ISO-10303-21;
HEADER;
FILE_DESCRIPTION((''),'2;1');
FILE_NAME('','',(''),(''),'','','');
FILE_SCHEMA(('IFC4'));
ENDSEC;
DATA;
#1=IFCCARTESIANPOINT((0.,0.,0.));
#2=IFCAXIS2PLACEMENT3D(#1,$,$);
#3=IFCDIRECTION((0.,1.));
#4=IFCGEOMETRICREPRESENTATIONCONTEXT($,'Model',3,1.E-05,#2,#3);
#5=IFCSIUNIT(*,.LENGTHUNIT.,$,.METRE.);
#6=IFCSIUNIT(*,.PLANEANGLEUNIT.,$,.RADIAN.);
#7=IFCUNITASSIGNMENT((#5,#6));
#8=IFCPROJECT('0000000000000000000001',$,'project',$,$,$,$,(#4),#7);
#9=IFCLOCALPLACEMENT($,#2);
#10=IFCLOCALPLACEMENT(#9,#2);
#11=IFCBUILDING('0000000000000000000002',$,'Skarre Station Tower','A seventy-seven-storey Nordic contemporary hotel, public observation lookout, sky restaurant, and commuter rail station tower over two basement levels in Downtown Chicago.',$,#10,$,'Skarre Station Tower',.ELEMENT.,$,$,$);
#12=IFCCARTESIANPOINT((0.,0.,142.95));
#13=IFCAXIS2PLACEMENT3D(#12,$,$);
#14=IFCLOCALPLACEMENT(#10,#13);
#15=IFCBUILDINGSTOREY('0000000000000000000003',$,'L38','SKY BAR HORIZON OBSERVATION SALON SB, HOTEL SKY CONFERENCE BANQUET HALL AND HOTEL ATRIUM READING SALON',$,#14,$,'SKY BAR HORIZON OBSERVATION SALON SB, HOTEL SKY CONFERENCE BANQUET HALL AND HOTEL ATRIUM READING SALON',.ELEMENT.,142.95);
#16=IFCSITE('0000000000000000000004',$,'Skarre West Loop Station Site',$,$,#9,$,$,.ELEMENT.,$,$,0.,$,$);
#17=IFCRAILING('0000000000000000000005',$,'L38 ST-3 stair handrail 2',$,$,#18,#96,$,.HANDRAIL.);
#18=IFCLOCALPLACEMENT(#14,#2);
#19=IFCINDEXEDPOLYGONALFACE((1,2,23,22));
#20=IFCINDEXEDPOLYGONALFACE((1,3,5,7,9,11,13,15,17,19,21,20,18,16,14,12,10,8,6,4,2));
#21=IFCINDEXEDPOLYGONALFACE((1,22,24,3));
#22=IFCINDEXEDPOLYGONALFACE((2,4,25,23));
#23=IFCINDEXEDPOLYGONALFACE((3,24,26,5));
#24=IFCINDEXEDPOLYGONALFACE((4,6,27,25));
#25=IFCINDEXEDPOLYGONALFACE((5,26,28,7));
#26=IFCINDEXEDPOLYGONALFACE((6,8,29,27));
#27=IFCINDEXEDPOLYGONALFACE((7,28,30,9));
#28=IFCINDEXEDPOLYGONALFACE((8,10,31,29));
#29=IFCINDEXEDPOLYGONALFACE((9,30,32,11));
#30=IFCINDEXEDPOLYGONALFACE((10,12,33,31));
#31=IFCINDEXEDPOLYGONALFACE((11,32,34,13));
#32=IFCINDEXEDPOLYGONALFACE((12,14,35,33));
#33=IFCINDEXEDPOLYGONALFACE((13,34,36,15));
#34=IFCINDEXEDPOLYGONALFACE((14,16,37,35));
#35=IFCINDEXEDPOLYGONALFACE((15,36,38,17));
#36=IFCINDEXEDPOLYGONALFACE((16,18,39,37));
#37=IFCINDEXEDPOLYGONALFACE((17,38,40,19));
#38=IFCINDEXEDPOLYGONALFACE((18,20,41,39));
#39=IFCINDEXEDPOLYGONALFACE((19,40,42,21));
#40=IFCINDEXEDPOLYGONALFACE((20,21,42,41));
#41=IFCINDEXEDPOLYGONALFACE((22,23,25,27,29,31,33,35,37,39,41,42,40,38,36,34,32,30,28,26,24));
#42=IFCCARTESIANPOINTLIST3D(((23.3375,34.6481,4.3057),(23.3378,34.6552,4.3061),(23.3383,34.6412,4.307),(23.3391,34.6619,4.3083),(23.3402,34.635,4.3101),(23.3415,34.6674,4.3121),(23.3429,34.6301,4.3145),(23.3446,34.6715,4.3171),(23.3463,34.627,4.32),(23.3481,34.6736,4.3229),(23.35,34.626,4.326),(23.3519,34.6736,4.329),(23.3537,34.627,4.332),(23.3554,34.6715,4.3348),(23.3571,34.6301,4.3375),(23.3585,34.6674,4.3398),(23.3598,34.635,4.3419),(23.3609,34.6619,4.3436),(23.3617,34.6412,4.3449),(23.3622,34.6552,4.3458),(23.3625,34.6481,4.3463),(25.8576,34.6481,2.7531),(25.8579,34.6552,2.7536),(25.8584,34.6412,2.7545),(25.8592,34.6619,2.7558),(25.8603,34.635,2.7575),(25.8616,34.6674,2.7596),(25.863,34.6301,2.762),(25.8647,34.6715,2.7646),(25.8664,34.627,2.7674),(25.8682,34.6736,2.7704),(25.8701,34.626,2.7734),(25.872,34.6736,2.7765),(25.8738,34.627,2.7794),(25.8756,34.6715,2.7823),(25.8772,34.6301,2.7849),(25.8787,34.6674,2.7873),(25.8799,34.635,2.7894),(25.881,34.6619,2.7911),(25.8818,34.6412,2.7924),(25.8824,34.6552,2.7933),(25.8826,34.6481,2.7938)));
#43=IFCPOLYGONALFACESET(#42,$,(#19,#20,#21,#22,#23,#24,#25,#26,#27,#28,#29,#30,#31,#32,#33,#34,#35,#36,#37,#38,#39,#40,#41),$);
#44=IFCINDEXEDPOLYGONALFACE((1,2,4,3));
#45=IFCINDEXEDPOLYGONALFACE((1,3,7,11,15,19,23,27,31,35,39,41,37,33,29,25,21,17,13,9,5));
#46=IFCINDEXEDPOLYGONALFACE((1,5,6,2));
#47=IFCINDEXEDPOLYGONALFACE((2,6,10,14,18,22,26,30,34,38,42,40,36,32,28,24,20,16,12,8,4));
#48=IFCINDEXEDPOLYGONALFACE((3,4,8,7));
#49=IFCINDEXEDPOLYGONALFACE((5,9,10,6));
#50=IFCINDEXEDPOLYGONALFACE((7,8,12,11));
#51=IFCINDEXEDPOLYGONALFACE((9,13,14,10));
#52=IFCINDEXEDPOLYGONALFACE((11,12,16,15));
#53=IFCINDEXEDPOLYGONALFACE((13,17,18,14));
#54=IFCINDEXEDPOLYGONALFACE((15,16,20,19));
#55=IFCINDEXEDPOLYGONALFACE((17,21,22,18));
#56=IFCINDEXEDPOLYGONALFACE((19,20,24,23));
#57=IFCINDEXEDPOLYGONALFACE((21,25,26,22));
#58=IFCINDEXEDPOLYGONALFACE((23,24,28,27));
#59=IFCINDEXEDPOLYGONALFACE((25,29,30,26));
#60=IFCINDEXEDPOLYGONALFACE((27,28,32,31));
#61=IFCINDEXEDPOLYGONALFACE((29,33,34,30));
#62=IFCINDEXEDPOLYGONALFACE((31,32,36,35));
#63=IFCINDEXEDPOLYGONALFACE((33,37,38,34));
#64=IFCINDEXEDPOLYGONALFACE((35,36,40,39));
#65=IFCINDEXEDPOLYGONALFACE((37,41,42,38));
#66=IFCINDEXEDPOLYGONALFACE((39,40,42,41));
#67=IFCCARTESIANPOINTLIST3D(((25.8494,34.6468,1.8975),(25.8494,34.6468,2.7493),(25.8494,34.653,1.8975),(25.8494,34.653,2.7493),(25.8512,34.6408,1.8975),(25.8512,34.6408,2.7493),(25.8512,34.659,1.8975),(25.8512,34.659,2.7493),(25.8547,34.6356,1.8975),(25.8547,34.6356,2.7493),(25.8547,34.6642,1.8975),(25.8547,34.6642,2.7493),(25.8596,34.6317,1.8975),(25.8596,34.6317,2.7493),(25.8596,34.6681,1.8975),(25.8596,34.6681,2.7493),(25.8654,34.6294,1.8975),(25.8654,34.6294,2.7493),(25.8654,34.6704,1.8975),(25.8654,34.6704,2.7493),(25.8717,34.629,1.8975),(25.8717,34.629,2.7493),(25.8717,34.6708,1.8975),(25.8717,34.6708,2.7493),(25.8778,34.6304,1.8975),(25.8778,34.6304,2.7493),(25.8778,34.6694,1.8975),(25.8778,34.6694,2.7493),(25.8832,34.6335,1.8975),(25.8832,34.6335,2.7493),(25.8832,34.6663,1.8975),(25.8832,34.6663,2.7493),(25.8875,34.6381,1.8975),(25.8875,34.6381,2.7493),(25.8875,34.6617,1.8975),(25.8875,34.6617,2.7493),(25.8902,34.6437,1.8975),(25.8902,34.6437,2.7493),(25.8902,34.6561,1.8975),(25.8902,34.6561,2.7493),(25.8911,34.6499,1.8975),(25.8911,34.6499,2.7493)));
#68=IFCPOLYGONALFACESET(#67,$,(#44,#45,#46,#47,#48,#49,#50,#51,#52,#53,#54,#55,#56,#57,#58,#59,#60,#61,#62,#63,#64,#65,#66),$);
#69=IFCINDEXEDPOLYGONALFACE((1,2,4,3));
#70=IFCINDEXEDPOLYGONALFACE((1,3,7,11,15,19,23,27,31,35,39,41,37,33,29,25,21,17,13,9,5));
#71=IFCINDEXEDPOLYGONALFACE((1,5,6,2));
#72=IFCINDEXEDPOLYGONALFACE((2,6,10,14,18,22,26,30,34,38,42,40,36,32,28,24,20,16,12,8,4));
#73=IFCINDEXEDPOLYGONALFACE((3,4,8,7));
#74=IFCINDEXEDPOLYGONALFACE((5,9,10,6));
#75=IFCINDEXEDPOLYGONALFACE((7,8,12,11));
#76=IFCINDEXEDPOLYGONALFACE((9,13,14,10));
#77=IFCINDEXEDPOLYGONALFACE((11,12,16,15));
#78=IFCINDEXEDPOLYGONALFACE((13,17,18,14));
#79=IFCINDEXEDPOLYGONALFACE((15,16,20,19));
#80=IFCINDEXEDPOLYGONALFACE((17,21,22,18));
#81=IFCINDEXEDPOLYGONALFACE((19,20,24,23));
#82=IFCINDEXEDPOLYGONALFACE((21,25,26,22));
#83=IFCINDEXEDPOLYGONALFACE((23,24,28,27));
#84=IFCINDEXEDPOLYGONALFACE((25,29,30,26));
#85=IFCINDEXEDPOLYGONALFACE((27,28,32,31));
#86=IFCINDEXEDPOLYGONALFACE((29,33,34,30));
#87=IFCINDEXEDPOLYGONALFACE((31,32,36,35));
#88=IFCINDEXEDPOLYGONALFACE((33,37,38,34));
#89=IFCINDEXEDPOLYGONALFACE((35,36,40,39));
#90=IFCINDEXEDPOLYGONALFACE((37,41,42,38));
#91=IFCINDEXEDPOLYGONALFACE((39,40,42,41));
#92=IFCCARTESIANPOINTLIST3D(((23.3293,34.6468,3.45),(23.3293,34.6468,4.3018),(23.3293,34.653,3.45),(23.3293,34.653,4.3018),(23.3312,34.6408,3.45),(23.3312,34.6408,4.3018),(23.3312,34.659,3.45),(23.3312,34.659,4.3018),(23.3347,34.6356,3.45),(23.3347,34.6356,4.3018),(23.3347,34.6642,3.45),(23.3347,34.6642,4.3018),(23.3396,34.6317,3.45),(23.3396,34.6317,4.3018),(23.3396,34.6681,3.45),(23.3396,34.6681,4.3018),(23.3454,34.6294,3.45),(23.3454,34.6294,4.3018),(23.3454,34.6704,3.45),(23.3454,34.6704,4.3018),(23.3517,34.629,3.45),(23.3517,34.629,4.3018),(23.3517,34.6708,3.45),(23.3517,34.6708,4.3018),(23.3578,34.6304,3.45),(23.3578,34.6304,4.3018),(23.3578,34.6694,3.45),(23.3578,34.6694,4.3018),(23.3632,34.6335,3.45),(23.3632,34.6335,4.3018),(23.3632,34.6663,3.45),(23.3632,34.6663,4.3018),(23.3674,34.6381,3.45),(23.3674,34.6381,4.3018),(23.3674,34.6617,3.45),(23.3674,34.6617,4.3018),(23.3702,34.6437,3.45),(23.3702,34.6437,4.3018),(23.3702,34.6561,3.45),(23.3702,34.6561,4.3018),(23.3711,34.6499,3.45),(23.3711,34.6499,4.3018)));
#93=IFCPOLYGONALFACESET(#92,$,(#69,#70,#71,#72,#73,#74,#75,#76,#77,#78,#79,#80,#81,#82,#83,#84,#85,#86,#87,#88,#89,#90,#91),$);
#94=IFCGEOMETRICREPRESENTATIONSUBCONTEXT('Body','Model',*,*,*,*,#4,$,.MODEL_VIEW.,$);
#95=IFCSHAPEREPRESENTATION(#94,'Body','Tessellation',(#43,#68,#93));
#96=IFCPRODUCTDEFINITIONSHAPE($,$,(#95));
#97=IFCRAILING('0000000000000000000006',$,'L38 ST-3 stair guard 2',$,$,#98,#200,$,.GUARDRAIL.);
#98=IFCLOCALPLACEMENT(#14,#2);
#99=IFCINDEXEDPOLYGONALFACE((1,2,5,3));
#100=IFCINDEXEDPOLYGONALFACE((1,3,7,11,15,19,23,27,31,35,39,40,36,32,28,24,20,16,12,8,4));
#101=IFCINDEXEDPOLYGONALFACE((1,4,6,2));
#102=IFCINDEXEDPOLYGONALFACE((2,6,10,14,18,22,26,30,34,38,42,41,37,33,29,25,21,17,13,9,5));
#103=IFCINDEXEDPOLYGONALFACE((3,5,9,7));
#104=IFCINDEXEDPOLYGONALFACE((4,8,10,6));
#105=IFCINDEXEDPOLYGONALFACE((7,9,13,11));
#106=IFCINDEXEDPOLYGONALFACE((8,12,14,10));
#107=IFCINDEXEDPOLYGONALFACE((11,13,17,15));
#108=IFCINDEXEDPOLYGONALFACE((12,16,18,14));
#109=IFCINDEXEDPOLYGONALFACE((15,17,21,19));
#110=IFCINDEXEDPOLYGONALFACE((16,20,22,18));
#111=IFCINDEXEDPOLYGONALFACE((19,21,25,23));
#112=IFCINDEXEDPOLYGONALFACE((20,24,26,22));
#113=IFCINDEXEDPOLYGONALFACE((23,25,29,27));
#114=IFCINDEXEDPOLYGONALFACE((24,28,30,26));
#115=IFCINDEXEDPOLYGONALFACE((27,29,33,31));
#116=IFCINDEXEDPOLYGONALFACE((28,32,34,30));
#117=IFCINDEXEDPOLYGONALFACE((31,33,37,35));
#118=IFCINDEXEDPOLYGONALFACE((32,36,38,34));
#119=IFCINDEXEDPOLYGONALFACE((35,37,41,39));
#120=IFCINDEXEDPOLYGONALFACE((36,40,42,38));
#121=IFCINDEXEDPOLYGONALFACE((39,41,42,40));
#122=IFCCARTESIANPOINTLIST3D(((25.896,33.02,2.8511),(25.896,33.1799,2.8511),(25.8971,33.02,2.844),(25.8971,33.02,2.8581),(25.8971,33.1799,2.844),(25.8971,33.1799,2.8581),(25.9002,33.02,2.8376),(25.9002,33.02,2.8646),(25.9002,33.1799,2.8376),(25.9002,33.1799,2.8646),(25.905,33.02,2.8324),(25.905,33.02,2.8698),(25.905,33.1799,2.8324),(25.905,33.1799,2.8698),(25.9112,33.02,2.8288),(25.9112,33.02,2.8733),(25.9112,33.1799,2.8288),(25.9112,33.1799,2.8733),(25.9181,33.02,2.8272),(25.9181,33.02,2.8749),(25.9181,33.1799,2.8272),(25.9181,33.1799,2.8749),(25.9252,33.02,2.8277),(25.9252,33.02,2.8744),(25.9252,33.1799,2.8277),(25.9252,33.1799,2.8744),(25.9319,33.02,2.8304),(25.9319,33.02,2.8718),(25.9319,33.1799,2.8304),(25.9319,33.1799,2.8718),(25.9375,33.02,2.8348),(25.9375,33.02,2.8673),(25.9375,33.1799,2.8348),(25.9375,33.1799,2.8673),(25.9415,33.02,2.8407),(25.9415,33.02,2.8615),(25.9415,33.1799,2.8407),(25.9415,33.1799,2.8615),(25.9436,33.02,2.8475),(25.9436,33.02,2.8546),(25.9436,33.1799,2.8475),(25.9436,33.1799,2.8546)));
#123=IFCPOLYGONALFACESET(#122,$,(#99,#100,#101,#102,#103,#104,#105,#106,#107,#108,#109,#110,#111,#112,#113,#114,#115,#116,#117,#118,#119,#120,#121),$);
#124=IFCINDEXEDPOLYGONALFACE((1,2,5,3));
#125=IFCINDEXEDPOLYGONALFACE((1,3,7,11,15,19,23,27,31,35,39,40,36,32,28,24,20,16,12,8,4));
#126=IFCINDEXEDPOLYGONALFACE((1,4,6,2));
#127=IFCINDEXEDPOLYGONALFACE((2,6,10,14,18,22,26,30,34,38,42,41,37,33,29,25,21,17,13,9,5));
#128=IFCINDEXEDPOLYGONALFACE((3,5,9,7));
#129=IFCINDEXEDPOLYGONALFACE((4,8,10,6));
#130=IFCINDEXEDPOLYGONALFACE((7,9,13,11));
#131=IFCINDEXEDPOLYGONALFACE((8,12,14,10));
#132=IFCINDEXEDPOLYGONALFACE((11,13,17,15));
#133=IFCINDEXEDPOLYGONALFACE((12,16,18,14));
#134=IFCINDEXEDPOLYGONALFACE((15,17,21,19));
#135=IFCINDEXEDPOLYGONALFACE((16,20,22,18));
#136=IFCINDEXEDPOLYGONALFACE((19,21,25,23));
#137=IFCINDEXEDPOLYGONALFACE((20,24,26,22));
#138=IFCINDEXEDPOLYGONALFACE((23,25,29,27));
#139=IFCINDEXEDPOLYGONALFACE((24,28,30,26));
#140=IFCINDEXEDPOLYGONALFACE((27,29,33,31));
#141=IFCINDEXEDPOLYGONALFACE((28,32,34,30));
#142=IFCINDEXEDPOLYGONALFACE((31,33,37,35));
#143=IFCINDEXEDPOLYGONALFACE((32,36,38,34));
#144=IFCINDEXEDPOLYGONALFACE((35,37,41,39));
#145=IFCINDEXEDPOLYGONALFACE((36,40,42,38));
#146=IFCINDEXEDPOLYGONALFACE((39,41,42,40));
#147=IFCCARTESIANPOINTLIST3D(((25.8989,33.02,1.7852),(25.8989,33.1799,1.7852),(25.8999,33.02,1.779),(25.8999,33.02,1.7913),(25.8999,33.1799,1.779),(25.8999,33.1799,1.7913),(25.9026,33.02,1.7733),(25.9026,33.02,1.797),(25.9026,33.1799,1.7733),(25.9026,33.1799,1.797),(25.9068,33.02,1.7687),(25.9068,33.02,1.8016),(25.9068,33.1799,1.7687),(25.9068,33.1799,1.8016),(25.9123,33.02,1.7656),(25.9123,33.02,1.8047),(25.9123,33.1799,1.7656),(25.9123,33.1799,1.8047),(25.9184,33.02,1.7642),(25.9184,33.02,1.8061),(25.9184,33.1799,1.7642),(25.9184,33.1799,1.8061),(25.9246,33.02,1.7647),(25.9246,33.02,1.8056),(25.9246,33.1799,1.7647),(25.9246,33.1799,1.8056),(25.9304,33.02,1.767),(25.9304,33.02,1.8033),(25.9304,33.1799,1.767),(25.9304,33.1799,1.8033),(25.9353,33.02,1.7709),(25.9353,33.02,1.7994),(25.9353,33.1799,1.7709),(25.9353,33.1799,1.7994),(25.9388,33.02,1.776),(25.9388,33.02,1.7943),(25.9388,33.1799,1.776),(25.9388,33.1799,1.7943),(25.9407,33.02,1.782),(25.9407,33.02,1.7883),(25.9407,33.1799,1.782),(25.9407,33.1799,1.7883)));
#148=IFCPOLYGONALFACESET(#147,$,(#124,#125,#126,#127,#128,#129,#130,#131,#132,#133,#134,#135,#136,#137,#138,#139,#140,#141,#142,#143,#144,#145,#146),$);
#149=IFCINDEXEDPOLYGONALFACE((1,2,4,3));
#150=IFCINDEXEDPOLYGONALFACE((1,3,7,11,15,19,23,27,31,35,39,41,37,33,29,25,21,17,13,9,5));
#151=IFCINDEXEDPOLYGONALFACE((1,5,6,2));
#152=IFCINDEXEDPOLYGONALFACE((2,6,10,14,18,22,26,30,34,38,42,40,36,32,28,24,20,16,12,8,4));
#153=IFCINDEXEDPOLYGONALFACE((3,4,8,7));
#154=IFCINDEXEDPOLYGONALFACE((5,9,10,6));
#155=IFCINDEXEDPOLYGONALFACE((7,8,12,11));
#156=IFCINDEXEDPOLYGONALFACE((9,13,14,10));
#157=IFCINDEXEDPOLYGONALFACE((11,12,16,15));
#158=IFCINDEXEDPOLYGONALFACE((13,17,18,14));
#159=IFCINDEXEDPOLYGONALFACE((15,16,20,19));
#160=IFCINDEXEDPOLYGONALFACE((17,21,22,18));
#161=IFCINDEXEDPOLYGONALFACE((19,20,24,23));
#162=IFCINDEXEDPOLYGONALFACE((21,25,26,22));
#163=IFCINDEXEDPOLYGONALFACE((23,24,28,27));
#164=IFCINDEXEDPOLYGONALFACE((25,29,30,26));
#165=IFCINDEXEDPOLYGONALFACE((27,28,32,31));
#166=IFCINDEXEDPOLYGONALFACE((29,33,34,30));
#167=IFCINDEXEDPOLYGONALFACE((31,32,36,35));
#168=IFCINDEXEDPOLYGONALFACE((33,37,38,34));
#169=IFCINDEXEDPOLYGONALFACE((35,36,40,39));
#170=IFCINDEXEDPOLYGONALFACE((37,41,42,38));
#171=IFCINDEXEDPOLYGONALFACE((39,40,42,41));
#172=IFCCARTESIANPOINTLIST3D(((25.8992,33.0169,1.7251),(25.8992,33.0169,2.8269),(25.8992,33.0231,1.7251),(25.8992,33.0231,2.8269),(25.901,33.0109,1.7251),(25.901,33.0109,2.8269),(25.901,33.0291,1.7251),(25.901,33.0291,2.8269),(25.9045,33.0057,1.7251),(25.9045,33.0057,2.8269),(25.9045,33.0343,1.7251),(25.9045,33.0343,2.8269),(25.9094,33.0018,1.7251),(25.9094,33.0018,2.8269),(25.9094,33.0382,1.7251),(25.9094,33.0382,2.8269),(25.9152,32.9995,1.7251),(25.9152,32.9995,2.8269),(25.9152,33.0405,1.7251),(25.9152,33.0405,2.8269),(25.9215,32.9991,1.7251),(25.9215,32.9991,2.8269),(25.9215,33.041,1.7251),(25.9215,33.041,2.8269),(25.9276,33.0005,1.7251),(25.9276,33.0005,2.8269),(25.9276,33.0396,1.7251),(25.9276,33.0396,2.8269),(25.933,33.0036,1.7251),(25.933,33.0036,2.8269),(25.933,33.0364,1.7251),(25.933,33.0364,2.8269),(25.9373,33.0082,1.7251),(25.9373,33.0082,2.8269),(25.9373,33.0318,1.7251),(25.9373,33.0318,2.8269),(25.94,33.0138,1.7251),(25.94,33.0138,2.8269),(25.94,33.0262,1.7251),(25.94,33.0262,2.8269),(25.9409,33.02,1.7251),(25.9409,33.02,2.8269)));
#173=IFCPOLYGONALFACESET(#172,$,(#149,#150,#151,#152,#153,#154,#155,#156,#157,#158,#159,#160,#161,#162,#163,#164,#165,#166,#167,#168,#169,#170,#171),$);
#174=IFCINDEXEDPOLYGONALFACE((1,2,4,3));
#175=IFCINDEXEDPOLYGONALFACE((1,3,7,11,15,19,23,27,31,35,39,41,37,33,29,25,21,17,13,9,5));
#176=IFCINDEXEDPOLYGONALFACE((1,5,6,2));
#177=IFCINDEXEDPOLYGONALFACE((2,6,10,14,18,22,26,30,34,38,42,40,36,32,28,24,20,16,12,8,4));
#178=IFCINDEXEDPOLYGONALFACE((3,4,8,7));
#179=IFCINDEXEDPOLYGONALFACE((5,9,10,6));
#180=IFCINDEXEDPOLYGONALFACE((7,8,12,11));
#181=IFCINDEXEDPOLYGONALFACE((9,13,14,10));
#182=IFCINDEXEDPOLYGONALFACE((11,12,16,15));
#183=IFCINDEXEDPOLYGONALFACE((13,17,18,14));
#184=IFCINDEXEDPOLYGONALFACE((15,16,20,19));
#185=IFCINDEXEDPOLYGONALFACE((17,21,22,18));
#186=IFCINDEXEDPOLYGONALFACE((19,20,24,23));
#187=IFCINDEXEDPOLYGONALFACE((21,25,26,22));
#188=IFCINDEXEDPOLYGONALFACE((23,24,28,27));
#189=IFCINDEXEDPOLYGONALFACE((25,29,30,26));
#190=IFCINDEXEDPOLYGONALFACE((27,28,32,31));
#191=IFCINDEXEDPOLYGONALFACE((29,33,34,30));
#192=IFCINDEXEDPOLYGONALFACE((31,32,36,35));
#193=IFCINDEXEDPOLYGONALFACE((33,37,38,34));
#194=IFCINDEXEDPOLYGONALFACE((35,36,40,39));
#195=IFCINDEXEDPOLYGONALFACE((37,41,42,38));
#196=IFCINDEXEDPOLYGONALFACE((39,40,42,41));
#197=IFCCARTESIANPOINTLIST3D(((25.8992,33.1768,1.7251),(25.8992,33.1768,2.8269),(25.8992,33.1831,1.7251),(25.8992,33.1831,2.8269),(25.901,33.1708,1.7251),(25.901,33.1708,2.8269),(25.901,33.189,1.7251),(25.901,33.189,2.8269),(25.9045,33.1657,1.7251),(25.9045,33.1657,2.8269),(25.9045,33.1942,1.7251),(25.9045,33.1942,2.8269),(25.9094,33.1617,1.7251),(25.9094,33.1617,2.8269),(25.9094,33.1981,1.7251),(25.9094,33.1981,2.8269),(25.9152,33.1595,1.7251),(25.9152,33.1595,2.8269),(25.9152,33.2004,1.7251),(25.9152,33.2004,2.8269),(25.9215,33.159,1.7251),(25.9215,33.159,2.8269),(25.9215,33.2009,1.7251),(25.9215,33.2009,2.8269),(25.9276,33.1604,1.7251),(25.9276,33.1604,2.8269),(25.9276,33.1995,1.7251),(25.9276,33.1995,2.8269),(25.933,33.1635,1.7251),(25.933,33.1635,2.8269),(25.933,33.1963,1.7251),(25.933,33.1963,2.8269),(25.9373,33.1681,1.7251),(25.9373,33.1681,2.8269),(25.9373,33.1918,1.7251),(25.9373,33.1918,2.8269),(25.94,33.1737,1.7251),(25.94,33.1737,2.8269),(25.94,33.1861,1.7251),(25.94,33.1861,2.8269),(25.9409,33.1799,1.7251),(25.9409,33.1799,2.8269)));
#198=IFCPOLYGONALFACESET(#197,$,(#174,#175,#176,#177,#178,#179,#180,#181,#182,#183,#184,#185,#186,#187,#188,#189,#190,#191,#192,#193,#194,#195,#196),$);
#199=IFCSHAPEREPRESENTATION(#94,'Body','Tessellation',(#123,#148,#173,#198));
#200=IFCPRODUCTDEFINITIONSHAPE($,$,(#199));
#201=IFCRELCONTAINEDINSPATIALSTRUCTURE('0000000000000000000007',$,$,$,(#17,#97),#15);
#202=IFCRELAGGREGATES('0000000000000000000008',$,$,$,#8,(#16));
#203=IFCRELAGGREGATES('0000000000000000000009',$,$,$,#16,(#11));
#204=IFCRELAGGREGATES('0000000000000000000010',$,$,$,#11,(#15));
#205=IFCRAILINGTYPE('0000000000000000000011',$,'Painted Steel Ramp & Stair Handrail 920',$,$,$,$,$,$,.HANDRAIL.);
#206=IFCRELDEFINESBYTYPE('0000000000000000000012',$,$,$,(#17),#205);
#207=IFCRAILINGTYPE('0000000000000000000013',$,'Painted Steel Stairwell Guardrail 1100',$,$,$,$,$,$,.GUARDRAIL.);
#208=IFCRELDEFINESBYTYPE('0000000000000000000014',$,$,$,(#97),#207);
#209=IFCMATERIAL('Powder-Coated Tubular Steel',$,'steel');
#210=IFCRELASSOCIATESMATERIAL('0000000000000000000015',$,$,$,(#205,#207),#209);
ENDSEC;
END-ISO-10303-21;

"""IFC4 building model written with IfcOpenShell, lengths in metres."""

from ifc_helpers import new_model, si_unit, direction, frame, origin, origin_2d, place, context, subcontext, project, spatial, circle, extrude, material, type_object, element, save


model = new_model("IFC4")

# Units and contexts
model_context = context("Model", 3, precision=1e-05, world=origin(), true_north=direction((0.0, 1.0)))
body_context = subcontext(model_context, "Body", "Model", "MODEL_VIEW")
ifc_project = project(units=[si_unit("LENGTHUNIT", "METRE"), si_unit("PLANEANGLEUNIT", "RADIAN")], contexts=[model_context])

# Site, building, storey
site_placement = place(None, origin())
site = spatial("IfcSite", under=ifc_project, at=site_placement, Name="Skarre West Loop Station Site", CompositionType="ELEMENT", RefElevation=0.0)
building_placement = place(site_placement, origin())
building = spatial("IfcBuilding", under=site, at=building_placement, Name="Skarre Station Tower", Description="A seventy-seven-storey Nordic contemporary hotel, public observation lookout, sky restaurant, and commuter rail station tower over two basement levels in Downtown Chicago.", LongName="Skarre Station Tower", CompositionType="ELEMENT")
storey_placement = place(building_placement, frame((0.0, 0.0, 142.95)))
storey = spatial("IfcBuildingStorey", under=building, at=storey_placement, Name="L38", Description="SKY BAR HORIZON OBSERVATION SALON SB, HOTEL SKY CONFERENCE BANQUET HALL AND HOTEL ATRIUM READING SALON", LongName="SKY BAR HORIZON OBSERVATION SALON SB, HOTEL SKY CONFERENCE BANQUET HALL AND HOTEL ATRIUM READING SALON", CompositionType="ELEMENT", Elevation=142.95)

# Railings
ifc_material_1 = material(Name="Powder-Coated Tubular Steel", Category="steel")
railing_type_1 = type_object("IfcRailingType", Name="Painted Steel Ramp & Stair Handrail 920", PredefinedType="HANDRAIL", material=ifc_material_1)
railing_1_placement = place(storey_placement, frame((25.8701, 34.6499, 1.8975)))
element("IfcRailing", 1, at=railing_1_placement, inside=storey, type_object=railing_type_1, Name="L38 ST-3 stair handrail 2", PredefinedType="HANDRAIL", context=body_context, shape_type="SweptSolid", body=[
    extrude(circle(Radius=0.0239, at=origin_2d()), frame((0.0, 0.0, 0.876), z_axis=(-0.8514, 0.0, 0.524516), x_axis=(0.0, -1.0, 0.0)), (0.0, 0.0, 1.0), 2.96),
    extrude(circle(Radius=0.021, at=origin_2d()), origin(), (0.0, 0.0, 1.0), 0.8518),
    extrude(circle(Radius=0.021, at=origin_2d()), frame((-2.52, 0.0, 1.5525)), (0.0, 0.0, 1.0), 0.8518),
])
railing_type_2 = type_object("IfcRailingType", Name="Painted Steel Stairwell Guardrail 1100", PredefinedType="GUARDRAIL", material=ifc_material_1)
railing_2_placement = place(storey_placement, frame((25.9199, 33.02, 1.7251)))
element("IfcRailing", 2, at=railing_2_placement, inside=storey, type_object=railing_type_2, Name="L38 ST-3 stair guard 2", PredefinedType="GUARDRAIL", context=body_context, shape_type="SweptSolid", body=[
    extrude(circle(Radius=0.0239, at=origin_2d()), frame((0.0, 0.0, 1.126), z_axis=(0.0, 1.0, 0.0), x_axis=(-1.0, 0.0, 0.0)), (0.0, 0.0, 1.0), 0.1599),
    extrude(circle(Radius=0.021, at=origin_2d()), frame((0.0, 0.0, 0.0601), z_axis=(0.0, 1.0, 0.0), x_axis=(-1.0, 0.0, 0.0)), (0.0, 0.0, 1.0), 0.1599),
    extrude(circle(Radius=0.021, at=origin_2d()), origin(), (0.0, 0.0, 1.0), 1.1018),
    extrude(circle(Radius=0.021, at=origin_2d()), frame((0.0, 0.1599, 0.0)), (0.0, 0.0, 1.0), 1.1018),
])

save(model, "model.ifc")
